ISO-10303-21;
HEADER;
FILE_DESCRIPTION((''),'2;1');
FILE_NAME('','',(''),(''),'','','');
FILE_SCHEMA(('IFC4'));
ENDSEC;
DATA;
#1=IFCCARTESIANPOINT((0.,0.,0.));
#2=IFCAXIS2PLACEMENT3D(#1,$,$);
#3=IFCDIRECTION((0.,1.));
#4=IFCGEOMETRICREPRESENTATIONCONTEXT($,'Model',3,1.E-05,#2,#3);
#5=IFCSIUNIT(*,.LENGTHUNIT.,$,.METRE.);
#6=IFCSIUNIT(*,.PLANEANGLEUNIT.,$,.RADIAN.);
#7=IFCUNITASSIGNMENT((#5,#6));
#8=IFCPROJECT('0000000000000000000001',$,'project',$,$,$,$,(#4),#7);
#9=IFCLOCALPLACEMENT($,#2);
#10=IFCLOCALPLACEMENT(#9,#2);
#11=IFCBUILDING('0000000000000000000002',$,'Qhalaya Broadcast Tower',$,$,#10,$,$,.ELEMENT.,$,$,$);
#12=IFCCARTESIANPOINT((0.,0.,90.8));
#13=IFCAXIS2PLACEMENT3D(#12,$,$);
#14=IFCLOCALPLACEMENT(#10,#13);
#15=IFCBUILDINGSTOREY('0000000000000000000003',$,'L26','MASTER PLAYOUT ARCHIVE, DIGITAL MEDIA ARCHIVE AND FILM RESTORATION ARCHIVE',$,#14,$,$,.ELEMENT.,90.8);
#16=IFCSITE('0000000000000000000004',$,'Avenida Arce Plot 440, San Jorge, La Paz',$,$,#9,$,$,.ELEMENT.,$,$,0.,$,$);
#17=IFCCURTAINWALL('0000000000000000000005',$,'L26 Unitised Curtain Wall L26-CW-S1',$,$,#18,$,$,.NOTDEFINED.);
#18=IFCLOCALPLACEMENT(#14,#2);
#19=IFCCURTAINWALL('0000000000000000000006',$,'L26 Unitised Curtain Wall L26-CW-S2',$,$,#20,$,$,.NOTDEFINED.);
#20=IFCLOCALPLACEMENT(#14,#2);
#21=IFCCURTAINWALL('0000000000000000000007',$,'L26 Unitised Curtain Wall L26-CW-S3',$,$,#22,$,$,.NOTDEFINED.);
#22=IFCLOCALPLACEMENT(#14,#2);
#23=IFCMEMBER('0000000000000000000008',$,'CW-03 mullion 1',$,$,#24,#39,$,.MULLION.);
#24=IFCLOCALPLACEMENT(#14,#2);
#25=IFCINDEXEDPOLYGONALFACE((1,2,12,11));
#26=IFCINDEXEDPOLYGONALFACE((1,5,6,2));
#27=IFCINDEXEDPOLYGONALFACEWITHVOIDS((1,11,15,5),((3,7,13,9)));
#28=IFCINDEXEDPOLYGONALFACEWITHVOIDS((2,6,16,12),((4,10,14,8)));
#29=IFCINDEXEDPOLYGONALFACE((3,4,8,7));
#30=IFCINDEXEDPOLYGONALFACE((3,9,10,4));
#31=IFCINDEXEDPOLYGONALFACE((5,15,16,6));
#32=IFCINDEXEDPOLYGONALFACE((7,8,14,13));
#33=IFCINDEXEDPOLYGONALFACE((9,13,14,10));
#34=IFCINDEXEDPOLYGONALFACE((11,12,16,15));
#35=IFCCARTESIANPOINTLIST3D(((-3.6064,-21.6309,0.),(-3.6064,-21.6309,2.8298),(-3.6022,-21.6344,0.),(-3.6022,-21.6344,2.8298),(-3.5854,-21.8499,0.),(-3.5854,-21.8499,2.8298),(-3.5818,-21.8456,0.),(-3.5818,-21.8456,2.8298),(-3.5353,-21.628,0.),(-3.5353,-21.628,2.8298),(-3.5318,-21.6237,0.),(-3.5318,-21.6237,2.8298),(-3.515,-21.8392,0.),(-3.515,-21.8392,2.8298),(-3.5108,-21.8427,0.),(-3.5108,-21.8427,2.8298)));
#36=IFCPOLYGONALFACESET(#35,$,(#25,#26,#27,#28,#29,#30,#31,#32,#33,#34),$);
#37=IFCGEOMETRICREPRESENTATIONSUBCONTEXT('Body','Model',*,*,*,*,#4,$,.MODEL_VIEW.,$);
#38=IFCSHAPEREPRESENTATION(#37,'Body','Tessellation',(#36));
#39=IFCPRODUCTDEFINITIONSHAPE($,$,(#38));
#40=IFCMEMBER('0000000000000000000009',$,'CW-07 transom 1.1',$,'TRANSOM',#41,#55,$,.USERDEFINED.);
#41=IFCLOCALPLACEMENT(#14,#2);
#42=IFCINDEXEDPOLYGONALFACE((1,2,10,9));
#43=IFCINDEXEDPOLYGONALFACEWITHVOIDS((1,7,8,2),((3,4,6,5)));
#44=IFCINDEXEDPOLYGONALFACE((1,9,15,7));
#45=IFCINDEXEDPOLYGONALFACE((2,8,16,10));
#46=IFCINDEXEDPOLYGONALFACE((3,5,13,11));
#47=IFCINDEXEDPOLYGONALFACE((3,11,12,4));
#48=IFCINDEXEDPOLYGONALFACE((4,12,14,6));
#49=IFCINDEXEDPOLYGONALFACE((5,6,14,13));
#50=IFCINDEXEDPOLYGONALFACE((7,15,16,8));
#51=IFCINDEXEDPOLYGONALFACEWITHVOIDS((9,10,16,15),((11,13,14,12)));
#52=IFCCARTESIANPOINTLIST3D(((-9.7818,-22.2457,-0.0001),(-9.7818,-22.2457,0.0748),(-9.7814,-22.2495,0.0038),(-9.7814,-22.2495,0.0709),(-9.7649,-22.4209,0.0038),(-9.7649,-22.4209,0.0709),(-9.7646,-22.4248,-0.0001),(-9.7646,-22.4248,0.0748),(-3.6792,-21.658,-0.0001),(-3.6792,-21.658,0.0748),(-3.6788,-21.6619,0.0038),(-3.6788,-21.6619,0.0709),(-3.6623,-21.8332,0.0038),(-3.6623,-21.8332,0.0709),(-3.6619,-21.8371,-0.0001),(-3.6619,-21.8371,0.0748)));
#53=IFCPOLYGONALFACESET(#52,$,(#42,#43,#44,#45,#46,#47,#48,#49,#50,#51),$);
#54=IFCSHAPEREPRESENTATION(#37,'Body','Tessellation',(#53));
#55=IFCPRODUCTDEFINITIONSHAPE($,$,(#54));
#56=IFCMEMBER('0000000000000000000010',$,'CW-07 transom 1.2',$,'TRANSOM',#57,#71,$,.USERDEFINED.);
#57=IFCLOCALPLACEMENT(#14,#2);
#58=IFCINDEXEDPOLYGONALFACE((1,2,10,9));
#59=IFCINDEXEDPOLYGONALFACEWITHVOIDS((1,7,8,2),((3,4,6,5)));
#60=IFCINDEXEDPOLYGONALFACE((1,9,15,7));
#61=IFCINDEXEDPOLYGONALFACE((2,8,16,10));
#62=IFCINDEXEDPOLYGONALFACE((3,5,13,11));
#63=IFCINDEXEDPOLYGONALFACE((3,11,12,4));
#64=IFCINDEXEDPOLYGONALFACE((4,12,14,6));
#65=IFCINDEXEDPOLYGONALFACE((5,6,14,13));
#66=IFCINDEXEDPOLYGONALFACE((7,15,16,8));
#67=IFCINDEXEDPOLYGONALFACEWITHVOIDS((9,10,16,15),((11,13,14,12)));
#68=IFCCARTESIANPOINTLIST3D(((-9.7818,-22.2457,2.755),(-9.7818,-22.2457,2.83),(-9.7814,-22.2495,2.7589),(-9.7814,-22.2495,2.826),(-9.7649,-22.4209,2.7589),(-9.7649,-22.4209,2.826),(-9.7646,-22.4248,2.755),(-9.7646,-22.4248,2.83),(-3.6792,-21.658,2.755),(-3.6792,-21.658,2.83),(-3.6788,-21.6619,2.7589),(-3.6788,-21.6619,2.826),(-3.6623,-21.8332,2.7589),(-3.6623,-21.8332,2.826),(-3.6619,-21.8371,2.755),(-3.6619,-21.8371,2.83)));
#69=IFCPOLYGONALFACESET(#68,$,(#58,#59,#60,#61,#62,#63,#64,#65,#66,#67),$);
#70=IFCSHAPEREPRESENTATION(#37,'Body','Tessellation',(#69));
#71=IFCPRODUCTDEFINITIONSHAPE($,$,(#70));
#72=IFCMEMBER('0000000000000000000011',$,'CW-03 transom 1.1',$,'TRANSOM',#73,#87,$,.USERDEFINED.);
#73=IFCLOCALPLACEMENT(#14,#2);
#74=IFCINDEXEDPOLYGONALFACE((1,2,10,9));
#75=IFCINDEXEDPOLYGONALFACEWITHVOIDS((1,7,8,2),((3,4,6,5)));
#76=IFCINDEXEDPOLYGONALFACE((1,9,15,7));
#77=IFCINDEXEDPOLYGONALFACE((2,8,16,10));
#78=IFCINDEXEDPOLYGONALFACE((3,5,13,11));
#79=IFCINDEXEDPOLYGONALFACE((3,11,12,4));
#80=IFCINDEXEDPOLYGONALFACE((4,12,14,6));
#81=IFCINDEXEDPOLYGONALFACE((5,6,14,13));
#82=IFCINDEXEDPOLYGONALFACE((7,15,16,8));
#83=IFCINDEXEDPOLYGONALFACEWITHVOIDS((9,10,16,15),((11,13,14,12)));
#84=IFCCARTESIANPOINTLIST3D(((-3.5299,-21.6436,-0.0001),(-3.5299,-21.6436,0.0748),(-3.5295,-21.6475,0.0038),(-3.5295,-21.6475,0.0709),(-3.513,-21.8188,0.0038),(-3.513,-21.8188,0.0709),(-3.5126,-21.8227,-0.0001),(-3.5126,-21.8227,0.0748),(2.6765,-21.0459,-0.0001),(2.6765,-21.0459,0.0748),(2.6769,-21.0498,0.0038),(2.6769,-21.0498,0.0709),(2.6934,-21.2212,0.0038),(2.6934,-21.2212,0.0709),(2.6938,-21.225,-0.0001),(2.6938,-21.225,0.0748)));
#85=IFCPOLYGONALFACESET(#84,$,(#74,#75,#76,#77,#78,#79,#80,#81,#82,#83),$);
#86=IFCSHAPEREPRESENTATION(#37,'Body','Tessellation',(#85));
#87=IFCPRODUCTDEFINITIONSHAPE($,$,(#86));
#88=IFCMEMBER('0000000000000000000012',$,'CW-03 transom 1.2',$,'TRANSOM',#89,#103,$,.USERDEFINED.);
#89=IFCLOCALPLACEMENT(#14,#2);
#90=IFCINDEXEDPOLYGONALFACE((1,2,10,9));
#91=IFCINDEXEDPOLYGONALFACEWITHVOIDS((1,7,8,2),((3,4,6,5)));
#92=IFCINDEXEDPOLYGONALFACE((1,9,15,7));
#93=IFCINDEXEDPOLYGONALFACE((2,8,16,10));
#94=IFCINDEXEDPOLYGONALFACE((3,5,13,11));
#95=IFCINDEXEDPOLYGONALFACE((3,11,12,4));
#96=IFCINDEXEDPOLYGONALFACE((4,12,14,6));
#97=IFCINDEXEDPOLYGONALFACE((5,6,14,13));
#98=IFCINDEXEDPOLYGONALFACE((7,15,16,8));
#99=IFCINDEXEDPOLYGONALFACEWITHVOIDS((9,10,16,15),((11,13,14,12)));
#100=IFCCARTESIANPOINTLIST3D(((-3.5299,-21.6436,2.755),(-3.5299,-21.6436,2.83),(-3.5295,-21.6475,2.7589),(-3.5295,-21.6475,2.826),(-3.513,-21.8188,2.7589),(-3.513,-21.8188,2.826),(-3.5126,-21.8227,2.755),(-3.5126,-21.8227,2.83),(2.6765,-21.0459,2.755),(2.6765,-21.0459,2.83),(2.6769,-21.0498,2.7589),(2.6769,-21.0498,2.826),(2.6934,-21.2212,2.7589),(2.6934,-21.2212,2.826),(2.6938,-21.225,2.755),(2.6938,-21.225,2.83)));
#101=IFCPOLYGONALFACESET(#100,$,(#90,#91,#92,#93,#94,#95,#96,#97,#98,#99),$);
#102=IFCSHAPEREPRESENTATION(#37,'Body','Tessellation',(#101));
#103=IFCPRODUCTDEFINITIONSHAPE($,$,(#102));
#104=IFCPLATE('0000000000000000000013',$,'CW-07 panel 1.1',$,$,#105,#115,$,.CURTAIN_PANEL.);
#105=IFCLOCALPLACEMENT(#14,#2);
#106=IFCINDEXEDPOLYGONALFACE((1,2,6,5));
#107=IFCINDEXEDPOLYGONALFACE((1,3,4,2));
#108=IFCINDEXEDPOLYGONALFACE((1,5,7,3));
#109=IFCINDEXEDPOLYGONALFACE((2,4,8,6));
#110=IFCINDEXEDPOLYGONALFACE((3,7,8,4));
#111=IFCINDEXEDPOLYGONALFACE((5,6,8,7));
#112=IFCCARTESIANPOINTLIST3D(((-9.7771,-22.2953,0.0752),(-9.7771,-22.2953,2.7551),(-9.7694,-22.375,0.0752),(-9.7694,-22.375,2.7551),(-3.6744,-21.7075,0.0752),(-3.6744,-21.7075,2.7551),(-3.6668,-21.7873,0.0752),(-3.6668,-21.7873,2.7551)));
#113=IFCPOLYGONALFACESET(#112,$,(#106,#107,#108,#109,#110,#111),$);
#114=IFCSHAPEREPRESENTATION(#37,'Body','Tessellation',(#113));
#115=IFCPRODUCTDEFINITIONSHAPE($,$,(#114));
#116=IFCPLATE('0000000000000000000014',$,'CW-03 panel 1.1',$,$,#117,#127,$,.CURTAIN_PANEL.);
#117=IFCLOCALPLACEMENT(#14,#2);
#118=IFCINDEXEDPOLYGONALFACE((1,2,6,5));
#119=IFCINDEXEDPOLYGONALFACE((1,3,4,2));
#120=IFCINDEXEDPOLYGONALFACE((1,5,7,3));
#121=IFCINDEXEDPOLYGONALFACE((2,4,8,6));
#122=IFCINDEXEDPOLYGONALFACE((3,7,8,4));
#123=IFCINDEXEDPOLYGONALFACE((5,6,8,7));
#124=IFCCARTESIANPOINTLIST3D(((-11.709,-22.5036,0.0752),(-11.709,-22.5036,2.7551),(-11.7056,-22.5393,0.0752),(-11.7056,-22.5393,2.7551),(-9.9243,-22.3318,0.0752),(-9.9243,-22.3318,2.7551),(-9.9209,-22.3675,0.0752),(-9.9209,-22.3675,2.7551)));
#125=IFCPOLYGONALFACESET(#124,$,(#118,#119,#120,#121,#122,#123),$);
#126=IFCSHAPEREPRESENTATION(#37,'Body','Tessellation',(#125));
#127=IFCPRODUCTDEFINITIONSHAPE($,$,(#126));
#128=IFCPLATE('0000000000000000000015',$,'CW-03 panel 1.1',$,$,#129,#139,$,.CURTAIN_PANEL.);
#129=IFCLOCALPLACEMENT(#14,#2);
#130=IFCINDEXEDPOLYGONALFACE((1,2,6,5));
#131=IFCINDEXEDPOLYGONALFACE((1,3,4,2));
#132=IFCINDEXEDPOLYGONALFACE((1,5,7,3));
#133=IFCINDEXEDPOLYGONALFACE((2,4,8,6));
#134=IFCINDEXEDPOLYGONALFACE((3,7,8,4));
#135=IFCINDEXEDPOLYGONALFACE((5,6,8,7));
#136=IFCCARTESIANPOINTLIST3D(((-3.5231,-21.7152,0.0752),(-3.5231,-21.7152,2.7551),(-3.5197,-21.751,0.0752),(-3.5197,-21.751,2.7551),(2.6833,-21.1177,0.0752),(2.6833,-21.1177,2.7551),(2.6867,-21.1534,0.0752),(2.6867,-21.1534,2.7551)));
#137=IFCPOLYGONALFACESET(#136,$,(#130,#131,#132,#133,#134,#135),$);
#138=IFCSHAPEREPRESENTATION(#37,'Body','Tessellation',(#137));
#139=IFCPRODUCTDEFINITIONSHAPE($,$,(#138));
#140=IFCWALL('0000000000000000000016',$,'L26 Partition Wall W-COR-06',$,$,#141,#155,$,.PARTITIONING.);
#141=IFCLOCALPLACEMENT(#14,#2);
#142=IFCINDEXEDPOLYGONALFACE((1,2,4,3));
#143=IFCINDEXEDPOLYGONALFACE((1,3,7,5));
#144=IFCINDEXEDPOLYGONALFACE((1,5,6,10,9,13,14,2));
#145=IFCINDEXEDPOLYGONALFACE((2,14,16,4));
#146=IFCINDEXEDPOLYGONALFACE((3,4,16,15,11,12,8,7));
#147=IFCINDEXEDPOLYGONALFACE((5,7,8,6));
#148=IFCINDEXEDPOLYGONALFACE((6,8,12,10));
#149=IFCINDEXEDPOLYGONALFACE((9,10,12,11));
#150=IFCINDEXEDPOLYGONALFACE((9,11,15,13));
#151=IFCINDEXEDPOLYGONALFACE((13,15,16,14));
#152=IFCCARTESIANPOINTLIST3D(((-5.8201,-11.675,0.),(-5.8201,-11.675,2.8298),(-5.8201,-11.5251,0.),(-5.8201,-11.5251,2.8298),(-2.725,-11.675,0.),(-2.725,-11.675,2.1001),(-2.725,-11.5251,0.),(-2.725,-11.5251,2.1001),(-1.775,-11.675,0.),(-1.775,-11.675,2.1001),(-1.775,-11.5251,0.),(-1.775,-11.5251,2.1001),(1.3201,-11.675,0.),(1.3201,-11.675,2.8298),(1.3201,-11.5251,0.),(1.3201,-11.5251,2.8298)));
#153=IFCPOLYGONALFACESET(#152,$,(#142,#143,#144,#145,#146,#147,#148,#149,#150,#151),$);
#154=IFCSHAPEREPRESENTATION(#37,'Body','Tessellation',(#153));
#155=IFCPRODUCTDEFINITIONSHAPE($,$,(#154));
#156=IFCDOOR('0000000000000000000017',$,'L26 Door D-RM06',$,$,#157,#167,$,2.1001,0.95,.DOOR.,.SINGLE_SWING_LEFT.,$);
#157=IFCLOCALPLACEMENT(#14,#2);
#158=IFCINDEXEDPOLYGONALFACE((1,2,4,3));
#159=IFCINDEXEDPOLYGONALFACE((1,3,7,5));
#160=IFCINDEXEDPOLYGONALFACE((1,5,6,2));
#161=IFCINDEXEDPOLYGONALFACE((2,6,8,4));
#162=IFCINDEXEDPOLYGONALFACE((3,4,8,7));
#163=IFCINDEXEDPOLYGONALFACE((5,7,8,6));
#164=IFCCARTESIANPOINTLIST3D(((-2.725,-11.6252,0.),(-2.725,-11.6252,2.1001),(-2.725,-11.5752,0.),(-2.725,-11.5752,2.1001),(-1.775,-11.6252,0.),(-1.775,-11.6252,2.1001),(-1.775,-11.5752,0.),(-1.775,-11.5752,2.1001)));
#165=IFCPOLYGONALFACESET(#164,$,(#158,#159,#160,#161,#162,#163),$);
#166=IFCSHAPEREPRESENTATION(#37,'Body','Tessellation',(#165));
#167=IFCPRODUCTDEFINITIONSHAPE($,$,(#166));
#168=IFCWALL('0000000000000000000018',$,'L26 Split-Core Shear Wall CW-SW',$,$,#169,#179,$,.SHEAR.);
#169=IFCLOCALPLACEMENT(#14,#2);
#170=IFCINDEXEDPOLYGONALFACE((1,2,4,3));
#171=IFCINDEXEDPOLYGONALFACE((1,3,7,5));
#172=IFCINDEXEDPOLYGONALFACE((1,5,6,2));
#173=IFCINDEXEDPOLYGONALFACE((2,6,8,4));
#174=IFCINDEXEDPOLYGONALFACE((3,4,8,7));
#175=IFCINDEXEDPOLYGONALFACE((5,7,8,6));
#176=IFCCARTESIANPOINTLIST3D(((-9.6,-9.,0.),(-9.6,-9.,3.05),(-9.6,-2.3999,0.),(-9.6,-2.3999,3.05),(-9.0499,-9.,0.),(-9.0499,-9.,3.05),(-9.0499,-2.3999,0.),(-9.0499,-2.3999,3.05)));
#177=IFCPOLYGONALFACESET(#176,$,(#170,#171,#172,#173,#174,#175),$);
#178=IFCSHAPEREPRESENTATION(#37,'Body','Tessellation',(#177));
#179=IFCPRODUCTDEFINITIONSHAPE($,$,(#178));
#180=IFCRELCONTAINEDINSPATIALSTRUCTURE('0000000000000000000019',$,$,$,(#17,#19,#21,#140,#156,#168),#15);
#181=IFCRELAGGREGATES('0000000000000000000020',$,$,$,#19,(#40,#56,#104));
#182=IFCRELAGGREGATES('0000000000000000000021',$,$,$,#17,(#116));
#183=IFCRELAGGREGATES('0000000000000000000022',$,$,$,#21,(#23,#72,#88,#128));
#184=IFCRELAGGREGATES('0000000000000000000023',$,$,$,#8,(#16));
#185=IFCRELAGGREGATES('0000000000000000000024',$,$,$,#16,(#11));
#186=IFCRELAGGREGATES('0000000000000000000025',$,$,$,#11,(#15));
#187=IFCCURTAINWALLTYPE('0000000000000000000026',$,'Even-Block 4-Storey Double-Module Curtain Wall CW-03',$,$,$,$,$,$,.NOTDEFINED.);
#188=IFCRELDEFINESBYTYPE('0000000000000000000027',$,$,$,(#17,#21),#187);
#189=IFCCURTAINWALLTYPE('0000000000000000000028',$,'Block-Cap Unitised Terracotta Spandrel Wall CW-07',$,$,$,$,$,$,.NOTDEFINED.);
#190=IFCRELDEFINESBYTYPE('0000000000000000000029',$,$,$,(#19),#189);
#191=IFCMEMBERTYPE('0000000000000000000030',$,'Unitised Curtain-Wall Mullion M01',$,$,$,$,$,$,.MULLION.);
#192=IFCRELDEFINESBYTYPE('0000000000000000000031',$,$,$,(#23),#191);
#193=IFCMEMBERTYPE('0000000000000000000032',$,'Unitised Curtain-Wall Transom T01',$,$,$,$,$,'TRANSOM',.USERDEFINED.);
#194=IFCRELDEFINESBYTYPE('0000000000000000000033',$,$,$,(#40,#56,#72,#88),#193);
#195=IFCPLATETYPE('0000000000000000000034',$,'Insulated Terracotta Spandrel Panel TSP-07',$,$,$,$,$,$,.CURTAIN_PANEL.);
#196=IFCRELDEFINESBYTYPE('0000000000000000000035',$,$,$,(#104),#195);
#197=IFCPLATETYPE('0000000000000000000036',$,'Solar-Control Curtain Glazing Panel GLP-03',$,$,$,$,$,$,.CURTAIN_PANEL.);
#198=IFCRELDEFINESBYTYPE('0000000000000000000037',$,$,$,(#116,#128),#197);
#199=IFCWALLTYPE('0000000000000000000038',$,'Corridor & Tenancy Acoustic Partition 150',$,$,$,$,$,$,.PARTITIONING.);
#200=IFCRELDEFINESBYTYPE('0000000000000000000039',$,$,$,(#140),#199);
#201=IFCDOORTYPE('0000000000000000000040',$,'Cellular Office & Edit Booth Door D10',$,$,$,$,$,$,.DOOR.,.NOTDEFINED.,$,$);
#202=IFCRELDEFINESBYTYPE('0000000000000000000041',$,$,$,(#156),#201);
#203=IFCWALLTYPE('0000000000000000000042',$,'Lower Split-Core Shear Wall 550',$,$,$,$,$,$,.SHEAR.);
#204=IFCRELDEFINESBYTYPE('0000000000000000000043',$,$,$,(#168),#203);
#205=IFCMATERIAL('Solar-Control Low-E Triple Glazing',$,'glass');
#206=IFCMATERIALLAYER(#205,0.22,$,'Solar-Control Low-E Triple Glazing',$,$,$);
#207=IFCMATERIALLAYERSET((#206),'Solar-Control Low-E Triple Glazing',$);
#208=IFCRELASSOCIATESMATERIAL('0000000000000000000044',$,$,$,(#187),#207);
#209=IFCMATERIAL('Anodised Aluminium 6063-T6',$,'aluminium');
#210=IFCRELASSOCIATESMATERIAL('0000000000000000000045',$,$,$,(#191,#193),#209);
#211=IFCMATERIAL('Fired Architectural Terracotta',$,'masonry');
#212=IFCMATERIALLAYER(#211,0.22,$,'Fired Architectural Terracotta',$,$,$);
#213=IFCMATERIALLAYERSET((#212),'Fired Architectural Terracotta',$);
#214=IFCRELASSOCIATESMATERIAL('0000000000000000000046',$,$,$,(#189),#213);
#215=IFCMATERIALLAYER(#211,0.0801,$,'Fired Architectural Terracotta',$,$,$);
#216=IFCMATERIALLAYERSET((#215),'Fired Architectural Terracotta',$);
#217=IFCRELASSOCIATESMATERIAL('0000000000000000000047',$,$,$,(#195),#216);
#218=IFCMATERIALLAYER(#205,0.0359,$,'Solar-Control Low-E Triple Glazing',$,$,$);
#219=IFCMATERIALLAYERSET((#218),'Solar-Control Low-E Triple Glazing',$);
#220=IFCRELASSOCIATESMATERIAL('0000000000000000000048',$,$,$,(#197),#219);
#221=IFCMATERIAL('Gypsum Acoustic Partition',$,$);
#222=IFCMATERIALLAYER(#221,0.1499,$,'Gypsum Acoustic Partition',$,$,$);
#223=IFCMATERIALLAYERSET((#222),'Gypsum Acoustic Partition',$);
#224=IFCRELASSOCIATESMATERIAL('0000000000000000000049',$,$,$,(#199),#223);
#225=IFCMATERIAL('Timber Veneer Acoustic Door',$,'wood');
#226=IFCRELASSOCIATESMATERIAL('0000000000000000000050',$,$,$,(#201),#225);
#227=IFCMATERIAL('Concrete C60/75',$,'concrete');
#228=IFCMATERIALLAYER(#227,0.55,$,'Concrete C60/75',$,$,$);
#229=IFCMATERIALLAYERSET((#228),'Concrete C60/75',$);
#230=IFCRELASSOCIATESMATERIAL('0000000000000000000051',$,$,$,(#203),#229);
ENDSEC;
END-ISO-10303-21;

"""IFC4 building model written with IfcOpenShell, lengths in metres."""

from ifc_helpers import new_model, si_unit, direction, frame, frame_2d, origin, origin_2d, place, context, subcontext, project, spatial, rectangle, hollow_rectangle, extrude, material, layer, layer_set, material_profile, profile_set, type_object, element, fill, aggregate, save


model = new_model("IFC4")

# Units and contexts
model_context = context("Model", 3, precision=1e-05, world=origin(), true_north=direction((0.0, 1.0)))
body_context = subcontext(model_context, "Body", "Model", "MODEL_VIEW")
ifc_project = project(units=[si_unit("LENGTHUNIT", "METRE"), si_unit("PLANEANGLEUNIT", "RADIAN")], contexts=[model_context])

# Site, building, storey
site_placement = place(None, origin())
site = spatial("IfcSite", under=ifc_project, at=site_placement, Name="Avenida Arce Plot 440, San Jorge, La Paz", CompositionType="ELEMENT", RefElevation=0.0)
building_placement = place(site_placement, origin())
building = spatial("IfcBuilding", under=site, at=building_placement, Name="Qhalaya Broadcast Tower", CompositionType="ELEMENT")
storey_placement = place(building_placement, frame((0.0, 0.0, 90.8)))
storey = spatial("IfcBuildingStorey", under=building, at=storey_placement, Name="L26", Description="MASTER PLAYOUT ARCHIVE, DIGITAL MEDIA ARCHIVE AND FILM RESTORATION ARCHIVE", CompositionType="ELEMENT", Elevation=90.8)

# Curtain wall
ifc_material_1 = material(Name="Solar-Control Low-E Triple Glazing", Category="glass")
ifc_layer_1 = layer(ifc_material_1, 0.22, Name="Solar-Control Low-E Triple Glazing")
ifc_layer_set_1 = layer_set([ifc_layer_1], Name="Solar-Control Low-E Triple Glazing")
curtain_wall_type_1 = type_object("IfcCurtainWallType", Name="Even-Block 4-Storey Double-Module Curtain Wall CW-03", PredefinedType="NOTDEFINED", material=ifc_layer_set_1)
curtain_wall_1_placement = place(storey_placement, origin())
curtain_wall_1 = element("IfcCurtainWall", 1, at=curtain_wall_1_placement, inside=storey, type_object=curtain_wall_type_1, Name="L26 Unitised Curtain Wall L26-CW-S1", PredefinedType="NOTDEFINED")
ifc_material_2 = material(Name="Anodised Aluminium 6063-T6", Category="aluminium")
ifc_material_profile_1 = material_profile(ifc_material_2, hollow_rectangle(XDim=0.075, YDim=0.22, WallThickness=0.0039, at=origin_2d()), Name="ALU-MUL 75x220x4")
ifc_profile_set_1 = profile_set([ifc_material_profile_1], Name="Anodised Aluminium 6063-T6")
member_type_1 = type_object("IfcMemberType", Name="Unitised Curtain-Wall Mullion M01", PredefinedType="MULLION", material=ifc_profile_set_1)

# Curtain wall
ifc_material_3 = material(Name="Fired Architectural Terracotta", Category="masonry")
ifc_layer_2 = layer(ifc_material_3, 0.22, Name="Fired Architectural Terracotta")
ifc_layer_set_2 = layer_set([ifc_layer_2], Name="Fired Architectural Terracotta")
curtain_wall_type_2 = type_object("IfcCurtainWallType", Name="Block-Cap Unitised Terracotta Spandrel Wall CW-07", PredefinedType="NOTDEFINED", material=ifc_layer_set_2)
curtain_wall_2_placement = place(storey_placement, origin())
curtain_wall_2 = element("IfcCurtainWall", 2, at=curtain_wall_2_placement, inside=storey, type_object=curtain_wall_type_2, Name="L26 Unitised Curtain Wall L26-CW-S2", PredefinedType="NOTDEFINED")

# Curtain wall, member
curtain_wall_3_placement = place(storey_placement, origin())
curtain_wall_3 = element("IfcCurtainWall", 3, at=curtain_wall_3_placement, inside=storey, type_object=curtain_wall_type_1, Name="L26 Unitised Curtain Wall L26-CW-S3", PredefinedType="NOTDEFINED")
member_1_placement = place(storey_placement, frame((-3.5586, -21.7368, 0.0), z_axis=(0.0, 0.0, 1.0), x_axis=(0.995397, 0.095834, 0.0)))
member_1 = element("IfcMember", 4, at=member_1_placement, type_object=member_type_1, Name="CW-03 mullion 1", PredefinedType="MULLION", context=body_context, shape_type="SweptSolid", body=[
    extrude(hollow_rectangle(XDim=0.075, YDim=0.22, WallThickness=0.0039, at=origin_2d()), origin(), (0.0, 0.0, 1.0), 2.8298),
])

# Members
ifc_material_profile_2 = material_profile(ifc_material_2, hollow_rectangle(XDim=0.075, YDim=0.1799, WallThickness=0.0039, at=origin_2d()), Name="ALU-TRN 75x180x4")
ifc_profile_set_2 = profile_set([ifc_material_profile_2], Name="Anodised Aluminium 6063-T6")
member_type_2 = type_object("IfcMemberType", Name="Unitised Curtain-Wall Transom T01", ElementType="TRANSOM", PredefinedType="USERDEFINED", material=ifc_profile_set_2)
member_2_placement = place(storey_placement, frame((-9.7732, -22.3352, 0.0374), z_axis=(0.995396, 0.095852, 0.0), x_axis=(0.0, 0.0, 1.0)))
member_2 = element("IfcMember", 5, at=member_2_placement, type_object=member_type_2, Name="CW-07 transom 1.1", ObjectType="TRANSOM", PredefinedType="USERDEFINED", context=body_context, shape_type="SweptSolid", body=[
    extrude(hollow_rectangle(XDim=0.075, YDim=0.1799, WallThickness=0.0039, at=origin_2d()), origin(), (0.0, 0.0, 1.0), 6.1309),
])
member_3_placement = place(storey_placement, frame((-9.7732, -22.3352, 2.7925), z_axis=(0.995396, 0.095852, 0.0), x_axis=(0.0, 0.0, 1.0)))
member_3 = element("IfcMember", 6, at=member_3_placement, type_object=member_type_2, Name="CW-07 transom 1.2", ObjectType="TRANSOM", PredefinedType="USERDEFINED", context=body_context, shape_type="SweptSolid", body=[
    extrude(hollow_rectangle(XDim=0.075, YDim=0.1799, WallThickness=0.0039, at=origin_2d()), origin(), (0.0, 0.0, 1.0), 6.1309),
])
member_4_placement = place(storey_placement, frame((-3.5212, -21.7332, 0.0374), z_axis=(0.995395, 0.095855, 0.0), x_axis=(0.0, 0.0, 1.0)))
member_4 = element("IfcMember", 7, at=member_4_placement, type_object=member_type_2, Name="CW-03 transom 1.1", ObjectType="TRANSOM", PredefinedType="USERDEFINED", context=body_context, shape_type="SweptSolid", body=[
    extrude(hollow_rectangle(XDim=0.075, YDim=0.1799, WallThickness=0.0039, at=origin_2d()), origin(), (0.0, 0.0, 1.0), 6.2351),
])
member_5_placement = place(storey_placement, frame((-3.5212, -21.7332, 2.7925), z_axis=(0.995395, 0.095855, 0.0), x_axis=(0.0, 0.0, 1.0)))
member_5 = element("IfcMember", 8, at=member_5_placement, type_object=member_type_2, Name="CW-03 transom 1.2", ObjectType="TRANSOM", PredefinedType="USERDEFINED", context=body_context, shape_type="SweptSolid", body=[
    extrude(hollow_rectangle(XDim=0.075, YDim=0.1799, WallThickness=0.0039, at=origin_2d()), origin(), (0.0, 0.0, 1.0), 6.2351),
])

# Plates
ifc_layer_3 = layer(ifc_material_3, 0.0801, Name="Fired Architectural Terracotta")
ifc_layer_set_3 = layer_set([ifc_layer_3], Name="Fired Architectural Terracotta")
plate_type_1 = type_object("IfcPlateType", Name="Insulated Terracotta Spandrel Panel TSP-07", PredefinedType="CURTAIN_PANEL", material=ifc_layer_set_3)
plate_1_placement = place(storey_placement, frame((-6.7219, -22.0413, 0.0752), z_axis=(0.0, 0.0, 1.0), x_axis=(0.995395, 0.095862, 0.0)))
plate_1 = element("IfcPlate", 9, at=plate_1_placement, type_object=plate_type_1, Name="CW-07 panel 1.1", PredefinedType="CURTAIN_PANEL", context=body_context, shape_type="SweptSolid", body=[
    extrude(rectangle(XDim=6.1309, YDim=0.0801, at=origin_2d()), origin(), (0.0, 0.0, 1.0), 2.6799),
])
aggregate(curtain_wall_2, [member_2, member_3, plate_1])
ifc_layer_4 = layer(ifc_material_1, 0.0359, Name="Solar-Control Low-E Triple Glazing")
ifc_layer_set_4 = layer_set([ifc_layer_4], Name="Solar-Control Low-E Triple Glazing")
plate_type_2 = type_object("IfcPlateType", Name="Solar-Control Curtain Glazing Panel GLP-03", PredefinedType="CURTAIN_PANEL", material=ifc_layer_set_4)
plate_2_placement = place(storey_placement, frame((-10.8149, -22.4355, 0.0752), z_axis=(0.0, 0.0, 1.0), x_axis=(0.995398, 0.095829, 0.0)))
plate_2 = element("IfcPlate", 10, at=plate_2_placement, type_object=plate_type_2, Name="CW-03 panel 1.1", PredefinedType="CURTAIN_PANEL", context=body_context, shape_type="SweptSolid", body=[
    extrude(rectangle(XDim=1.793, YDim=0.0359, at=origin_2d()), origin(), (0.0, 0.0, 1.0), 2.6799),
])
aggregate(curtain_wall_1, [plate_2])
plate_3_placement = place(storey_placement, frame((-0.4182, -21.4343, 0.0752), z_axis=(0.0, 0.0, 1.0), x_axis=(0.995397, 0.095834, 0.0)))
plate_3 = element("IfcPlate", 11, at=plate_3_placement, type_object=plate_type_2, Name="CW-03 panel 1.1", PredefinedType="CURTAIN_PANEL", context=body_context, shape_type="SweptSolid", body=[
    extrude(rectangle(XDim=6.2351, YDim=0.0359, at=origin_2d()), origin(), (0.0, 0.0, 1.0), 2.6799),
])
aggregate(curtain_wall_3, [member_1, member_4, member_5, plate_3])

# Wall, opening, door
ifc_material_4 = material(Name="Gypsum Acoustic Partition")
ifc_layer_5 = layer(ifc_material_4, 0.1499, Name="Gypsum Acoustic Partition")
ifc_layer_set_5 = layer_set([ifc_layer_5], Name="Gypsum Acoustic Partition")
wall_type_1 = type_object("IfcWallType", Name="Corridor & Tenancy Acoustic Partition 150", PredefinedType="PARTITIONING", material=ifc_layer_set_5)
wall_1_placement = place(storey_placement, frame((-5.8201, -11.6001, 0.0), z_axis=(0.0, 0.0, 1.0), x_axis=(1.0, 0.0, 0.0)))
wall_1 = element("IfcWall", 12, at=wall_1_placement, inside=storey, type_object=wall_type_1, Name="L26 Partition Wall W-COR-06", PredefinedType="PARTITIONING", context=body_context, shape_type="SweptSolid", body=[
    extrude(rectangle(XDim=7.1401, YDim=0.1499, at=frame_2d((3.5701, 0.0))), origin(), (0.0, 0.0, 1.0), 2.8298),
])
opening_placement = place(wall_1_placement, frame((3.095, 0.0, 0.0)))
opening = element("IfcOpeningElement", 13, at=opening_placement, cuts=wall_1, PredefinedType="OPENING", context=body_context, shape_type="SweptSolid", body=[
    extrude(rectangle(XDim=0.95, YDim=2.1001, at=frame_2d((0.4751, 1.05))), frame((0.0, 0.0869, 0.0), z_axis=(0.0, -1.0, 0.0), x_axis=(1.0, 0.0, 0.0)), (0.0, 0.0, 1.0), 0.1738),
])
ifc_material_5 = material(Name="Timber Veneer Acoustic Door", Category="wood")
door_type = type_object("IfcDoorType", Name="Cellular Office & Edit Booth Door D10", OperationType="NOTDEFINED", PredefinedType="DOOR", material=ifc_material_5)
door_placement = place(opening_placement, origin())
door = element("IfcDoor", 14, at=door_placement, inside=storey, type_object=door_type, Name="L26 Door D-RM06", OperationType="SINGLE_SWING_LEFT", OverallHeight=2.1001, OverallWidth=0.95, PredefinedType="DOOR", context=body_context, shape_type="SweptSolid", body=[
    extrude(rectangle(XDim=0.95, YDim=2.1001, at=frame_2d((0.4751, 1.05))), frame((0.0, 0.0249, 0.0), z_axis=(0.0, -1.0, 0.0), x_axis=(1.0, 0.0, 0.0)), (0.0, 0.0, 1.0), 0.05),
])
fill(opening, door)

# Wall
ifc_material_6 = material(Name="Concrete C60/75", Category="concrete")
ifc_layer_6 = layer(ifc_material_6, 0.55, Name="Concrete C60/75")
ifc_layer_set_6 = layer_set([ifc_layer_6], Name="Concrete C60/75")
wall_type_2 = type_object("IfcWallType", Name="Lower Split-Core Shear Wall 550", PredefinedType="SHEAR", material=ifc_layer_set_6)
wall_2_placement = place(storey_placement, frame((-9.325, -9.0, 0.0), z_axis=(0.0, 0.0, 1.0), x_axis=(0.0, 1.0, 0.0)))
element("IfcWall", 15, at=wall_2_placement, inside=storey, type_object=wall_type_2, Name="L26 Split-Core Shear Wall CW-SW", PredefinedType="SHEAR", context=body_context, shape_type="SweptSolid", body=[
    extrude(rectangle(XDim=6.6001, YDim=0.55, at=frame_2d((3.3, 0.0))), origin(), (0.0, 0.0, 1.0), 3.05),
])

save(model, "model.ifc")
